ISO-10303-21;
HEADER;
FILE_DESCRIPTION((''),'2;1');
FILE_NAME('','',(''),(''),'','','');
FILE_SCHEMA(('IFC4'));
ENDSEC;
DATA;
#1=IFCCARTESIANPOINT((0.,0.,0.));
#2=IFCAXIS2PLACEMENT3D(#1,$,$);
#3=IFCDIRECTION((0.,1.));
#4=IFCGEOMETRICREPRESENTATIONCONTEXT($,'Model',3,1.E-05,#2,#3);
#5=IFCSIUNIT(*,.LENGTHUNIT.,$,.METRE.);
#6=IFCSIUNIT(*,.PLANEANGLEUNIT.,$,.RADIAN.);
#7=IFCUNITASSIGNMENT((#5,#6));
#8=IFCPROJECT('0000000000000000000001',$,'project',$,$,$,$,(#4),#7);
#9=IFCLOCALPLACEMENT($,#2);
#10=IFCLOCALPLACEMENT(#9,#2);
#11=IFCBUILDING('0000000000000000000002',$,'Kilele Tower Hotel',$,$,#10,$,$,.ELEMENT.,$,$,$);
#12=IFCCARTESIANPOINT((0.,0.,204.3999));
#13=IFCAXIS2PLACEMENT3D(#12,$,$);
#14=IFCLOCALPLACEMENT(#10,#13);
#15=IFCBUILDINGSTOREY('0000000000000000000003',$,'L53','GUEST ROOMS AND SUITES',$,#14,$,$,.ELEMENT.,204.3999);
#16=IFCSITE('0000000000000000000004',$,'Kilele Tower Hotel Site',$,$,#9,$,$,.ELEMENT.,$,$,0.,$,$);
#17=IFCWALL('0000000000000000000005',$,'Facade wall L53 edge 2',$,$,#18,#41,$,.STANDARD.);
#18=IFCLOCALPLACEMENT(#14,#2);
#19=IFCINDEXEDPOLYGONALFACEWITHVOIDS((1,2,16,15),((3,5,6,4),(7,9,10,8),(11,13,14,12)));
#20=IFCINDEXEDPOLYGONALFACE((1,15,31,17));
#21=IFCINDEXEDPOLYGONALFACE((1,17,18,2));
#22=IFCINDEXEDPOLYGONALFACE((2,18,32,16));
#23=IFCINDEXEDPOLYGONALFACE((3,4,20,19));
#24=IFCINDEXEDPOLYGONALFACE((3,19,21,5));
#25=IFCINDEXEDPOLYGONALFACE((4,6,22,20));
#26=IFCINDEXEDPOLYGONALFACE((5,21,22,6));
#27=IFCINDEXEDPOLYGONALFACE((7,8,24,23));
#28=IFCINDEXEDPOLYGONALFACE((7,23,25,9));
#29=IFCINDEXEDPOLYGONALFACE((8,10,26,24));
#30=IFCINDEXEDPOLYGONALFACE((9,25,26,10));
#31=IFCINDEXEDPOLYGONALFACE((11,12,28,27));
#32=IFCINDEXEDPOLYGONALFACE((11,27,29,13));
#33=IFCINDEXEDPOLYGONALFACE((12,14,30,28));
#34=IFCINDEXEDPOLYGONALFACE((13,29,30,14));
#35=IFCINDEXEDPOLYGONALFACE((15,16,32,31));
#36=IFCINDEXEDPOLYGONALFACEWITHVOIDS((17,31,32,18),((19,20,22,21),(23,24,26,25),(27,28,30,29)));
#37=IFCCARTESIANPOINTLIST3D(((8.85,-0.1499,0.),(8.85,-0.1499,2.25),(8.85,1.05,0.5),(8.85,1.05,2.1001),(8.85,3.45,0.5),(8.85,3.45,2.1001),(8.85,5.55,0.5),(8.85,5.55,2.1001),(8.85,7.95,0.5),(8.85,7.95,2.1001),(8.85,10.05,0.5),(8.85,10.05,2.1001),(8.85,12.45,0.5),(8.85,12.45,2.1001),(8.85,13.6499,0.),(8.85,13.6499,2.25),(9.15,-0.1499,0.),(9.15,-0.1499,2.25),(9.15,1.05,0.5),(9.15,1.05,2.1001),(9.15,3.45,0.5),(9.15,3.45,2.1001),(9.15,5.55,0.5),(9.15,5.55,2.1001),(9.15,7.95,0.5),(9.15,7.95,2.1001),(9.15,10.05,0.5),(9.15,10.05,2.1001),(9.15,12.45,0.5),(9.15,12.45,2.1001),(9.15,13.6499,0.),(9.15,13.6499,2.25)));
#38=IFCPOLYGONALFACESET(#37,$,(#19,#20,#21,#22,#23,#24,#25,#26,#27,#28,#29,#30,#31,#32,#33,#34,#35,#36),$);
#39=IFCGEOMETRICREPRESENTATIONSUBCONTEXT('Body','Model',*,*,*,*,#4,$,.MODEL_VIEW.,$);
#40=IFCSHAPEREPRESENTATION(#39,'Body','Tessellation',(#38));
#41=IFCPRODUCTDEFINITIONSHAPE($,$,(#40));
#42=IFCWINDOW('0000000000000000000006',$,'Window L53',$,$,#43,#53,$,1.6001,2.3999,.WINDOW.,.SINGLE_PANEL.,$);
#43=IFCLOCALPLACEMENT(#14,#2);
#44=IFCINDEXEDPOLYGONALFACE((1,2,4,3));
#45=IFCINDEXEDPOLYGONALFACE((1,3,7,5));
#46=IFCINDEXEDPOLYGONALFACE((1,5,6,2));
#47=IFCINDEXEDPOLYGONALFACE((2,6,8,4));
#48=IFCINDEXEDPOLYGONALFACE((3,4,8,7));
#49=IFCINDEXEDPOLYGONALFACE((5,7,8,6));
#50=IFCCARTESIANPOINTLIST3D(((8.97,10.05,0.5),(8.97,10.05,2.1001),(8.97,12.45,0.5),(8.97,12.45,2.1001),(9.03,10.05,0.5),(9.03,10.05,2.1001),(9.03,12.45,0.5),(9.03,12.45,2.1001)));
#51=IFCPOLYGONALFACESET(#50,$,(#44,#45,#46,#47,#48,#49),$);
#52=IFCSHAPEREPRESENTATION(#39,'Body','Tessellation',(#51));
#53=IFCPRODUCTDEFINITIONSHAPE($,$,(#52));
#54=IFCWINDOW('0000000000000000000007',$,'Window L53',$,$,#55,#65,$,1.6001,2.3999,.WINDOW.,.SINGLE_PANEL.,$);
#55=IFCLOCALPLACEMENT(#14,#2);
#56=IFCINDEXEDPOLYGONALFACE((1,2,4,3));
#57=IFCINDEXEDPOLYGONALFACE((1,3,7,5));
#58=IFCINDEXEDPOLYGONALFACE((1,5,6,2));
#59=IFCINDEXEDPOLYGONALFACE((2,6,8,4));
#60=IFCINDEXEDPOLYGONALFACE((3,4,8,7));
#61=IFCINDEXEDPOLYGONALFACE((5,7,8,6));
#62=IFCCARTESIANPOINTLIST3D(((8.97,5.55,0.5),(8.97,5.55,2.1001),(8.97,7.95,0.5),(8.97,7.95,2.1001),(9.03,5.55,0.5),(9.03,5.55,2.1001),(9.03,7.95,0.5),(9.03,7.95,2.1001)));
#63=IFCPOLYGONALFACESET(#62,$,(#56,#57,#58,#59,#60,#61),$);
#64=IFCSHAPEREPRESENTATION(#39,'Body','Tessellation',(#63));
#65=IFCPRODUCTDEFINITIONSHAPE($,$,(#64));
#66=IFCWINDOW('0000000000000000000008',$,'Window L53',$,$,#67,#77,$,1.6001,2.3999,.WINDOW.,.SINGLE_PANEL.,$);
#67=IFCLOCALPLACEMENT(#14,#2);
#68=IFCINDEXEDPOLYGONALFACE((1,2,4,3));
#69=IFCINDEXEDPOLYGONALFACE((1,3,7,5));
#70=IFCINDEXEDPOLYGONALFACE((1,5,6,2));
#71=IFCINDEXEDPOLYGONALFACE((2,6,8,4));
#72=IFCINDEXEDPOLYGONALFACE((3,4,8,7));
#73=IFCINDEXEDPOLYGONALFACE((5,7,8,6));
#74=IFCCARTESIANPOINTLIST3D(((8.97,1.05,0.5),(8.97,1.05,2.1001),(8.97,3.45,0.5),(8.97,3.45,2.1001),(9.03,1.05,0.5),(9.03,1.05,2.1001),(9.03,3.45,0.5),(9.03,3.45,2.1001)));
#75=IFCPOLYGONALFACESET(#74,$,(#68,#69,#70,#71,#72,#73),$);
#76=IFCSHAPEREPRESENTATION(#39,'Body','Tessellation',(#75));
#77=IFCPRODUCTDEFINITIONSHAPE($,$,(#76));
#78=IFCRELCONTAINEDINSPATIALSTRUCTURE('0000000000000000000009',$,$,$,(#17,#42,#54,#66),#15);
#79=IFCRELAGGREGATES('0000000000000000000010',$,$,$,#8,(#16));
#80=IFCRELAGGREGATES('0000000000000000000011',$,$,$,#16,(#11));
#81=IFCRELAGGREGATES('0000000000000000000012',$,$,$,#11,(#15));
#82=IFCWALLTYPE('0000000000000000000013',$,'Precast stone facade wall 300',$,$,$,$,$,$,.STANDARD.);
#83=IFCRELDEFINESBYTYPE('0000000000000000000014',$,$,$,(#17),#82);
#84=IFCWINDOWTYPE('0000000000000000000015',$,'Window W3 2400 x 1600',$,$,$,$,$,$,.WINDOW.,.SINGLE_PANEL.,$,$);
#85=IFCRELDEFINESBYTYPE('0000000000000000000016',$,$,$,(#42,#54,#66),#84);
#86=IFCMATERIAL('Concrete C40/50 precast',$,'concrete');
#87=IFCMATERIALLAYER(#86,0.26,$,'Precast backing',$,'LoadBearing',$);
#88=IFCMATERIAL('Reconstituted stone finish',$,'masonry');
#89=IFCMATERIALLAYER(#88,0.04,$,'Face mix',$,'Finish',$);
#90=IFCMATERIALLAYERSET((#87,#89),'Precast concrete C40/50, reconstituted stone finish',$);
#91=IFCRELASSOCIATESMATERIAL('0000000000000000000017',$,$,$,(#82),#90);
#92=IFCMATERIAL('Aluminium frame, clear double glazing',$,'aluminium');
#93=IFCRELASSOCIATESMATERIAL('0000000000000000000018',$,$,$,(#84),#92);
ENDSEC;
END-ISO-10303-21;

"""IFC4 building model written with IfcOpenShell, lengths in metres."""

from ifc_helpers import new_model, si_unit, direction, frame, frame_2d, origin, place, context, subcontext, project, spatial, rectangle, extrude, material, layer, layer_set, type_object, element, fill, save


model = new_model("IFC4")

# Units and contexts
model_context = context("Model", 3, precision=1e-05, world=origin(), true_north=direction((0.0, 1.0)))
body_context = subcontext(model_context, "Body", "Model", "MODEL_VIEW")
ifc_project = project(units=[si_unit("LENGTHUNIT", "METRE"), si_unit("PLANEANGLEUNIT", "RADIAN")], contexts=[model_context])

# Site, building, storey
site_placement = place(None, origin())
site = spatial("IfcSite", under=ifc_project, at=site_placement, Name="Kilele Tower Hotel Site", CompositionType="ELEMENT", RefElevation=0.0)
building_placement = place(site_placement, origin())
building = spatial("IfcBuilding", under=site, at=building_placement, Name="Kilele Tower Hotel", CompositionType="ELEMENT")
storey_placement = place(building_placement, frame((0.0, 0.0, 204.3999)))
storey = spatial("IfcBuildingStorey", under=building, at=storey_placement, Name="L53", Description="GUEST ROOMS AND SUITES", CompositionType="ELEMENT", Elevation=204.3999)

# Wall, openings, windows
ifc_material_1 = material(Name="Concrete C40/50 precast", Category="concrete")
ifc_layer_1 = layer(ifc_material_1, 0.26, Name="Precast backing", Category="LoadBearing")
ifc_material_2 = material(Name="Reconstituted stone finish", Category="masonry")
ifc_layer_2 = layer(ifc_material_2, 0.04, Name="Face mix", Category="Finish")
ifc_layer_set_1 = layer_set([ifc_layer_1, ifc_layer_2], Name="Precast concrete C40/50, reconstituted stone finish")
wall_type_1 = type_object("IfcWallType", Name="Precast stone facade wall 300", PredefinedType="STANDARD", material=ifc_layer_set_1)
ifc_material_3 = material(Name="Aluminium frame, clear double glazing", Category="aluminium")
window_type_1 = type_object("IfcWindowType", Name="Window W3 2400 x 1600", PartitioningType="SINGLE_PANEL", PredefinedType="WINDOW", material=ifc_material_3)
wall_1_placement = place(storey_placement, frame((9.0, 13.6499, 0.0), z_axis=(0.0, 0.0, 1.0), x_axis=(0.0, -1.0, 0.0)))
wall_1 = element("IfcWall", 1, at=wall_1_placement, inside=storey, type_object=wall_type_1, Name="Facade wall L53 edge 2", PredefinedType="STANDARD", context=body_context, shape_type="SweptSolid", body=[
    extrude(rectangle(XDim=13.7998, YDim=0.3, at=frame_2d((6.8999, 0.0))), origin(), (0.0, 0.0, 1.0), 2.25),
])
opening_1_placement = place(wall_1_placement, frame((1.2, 0.0, 0.5)))
opening_1 = element("IfcOpeningElement", 2, at=opening_1_placement, cuts=wall_1, PredefinedType="OPENING", context=body_context, shape_type="SweptSolid", body=[
    extrude(rectangle(XDim=2.3999, YDim=1.6001, at=frame_2d((1.2, 0.8))), frame((0.0, 0.1599, 0.0), z_axis=(0.0, -1.0, 0.0), x_axis=(1.0, 0.0, 0.0)), (0.0, 0.0, 1.0), 0.3201),
])
opening_2_placement = place(wall_1_placement, frame((5.7, 0.0, 0.5)))
opening_2 = element("IfcOpeningElement", 3, at=opening_2_placement, cuts=wall_1, PredefinedType="OPENING", context=body_context, shape_type="SweptSolid", body=[
    extrude(rectangle(XDim=2.3999, YDim=1.6001, at=frame_2d((1.2, 0.8))), frame((0.0, 0.1599, 0.0), z_axis=(0.0, -1.0, 0.0), x_axis=(1.0, 0.0, 0.0)), (0.0, 0.0, 1.0), 0.3201),
])
opening_3_placement = place(wall_1_placement, frame((10.2, 0.0, 0.5)))
opening_3 = element("IfcOpeningElement", 4, at=opening_3_placement, cuts=wall_1, PredefinedType="OPENING", context=body_context, shape_type="SweptSolid", body=[
    extrude(rectangle(XDim=2.3999, YDim=1.6001, at=frame_2d((1.2, 0.8))), frame((0.0, 0.1599, 0.0), z_axis=(0.0, -1.0, 0.0), x_axis=(1.0, 0.0, 0.0)), (0.0, 0.0, 1.0), 0.3201),
])
window_1_placement = place(opening_1_placement, origin())
window_1 = element("IfcWindow", 5, at=window_1_placement, inside=storey, type_object=window_type_1, Name="Window L53", OverallHeight=1.6001, OverallWidth=2.3999, PartitioningType="SINGLE_PANEL", PredefinedType="WINDOW", context=body_context, shape_type="SweptSolid", body=[
    extrude(rectangle(XDim=2.3999, YDim=1.6001, at=frame_2d((1.2, 0.8))), frame((0.0, 0.03, 0.0), z_axis=(0.0, -1.0, 0.0), x_axis=(1.0, 0.0, 0.0)), (0.0, 0.0, 1.0), 0.0601),
])
fill(opening_1, window_1)
window_2_placement = place(opening_2_placement, origin())
window_2 = element("IfcWindow", 6, at=window_2_placement, inside=storey, type_object=window_type_1, Name="Window L53", OverallHeight=1.6001, OverallWidth=2.3999, PartitioningType="SINGLE_PANEL", PredefinedType="WINDOW", context=body_context, shape_type="SweptSolid", body=[
    extrude(rectangle(XDim=2.3999, YDim=1.6001, at=frame_2d((1.2, 0.8))), frame((0.0, 0.03, 0.0), z_axis=(0.0, -1.0, 0.0), x_axis=(1.0, 0.0, 0.0)), (0.0, 0.0, 1.0), 0.0601),
])
fill(opening_2, window_2)
window_3_placement = place(opening_3_placement, origin())
window_3 = element("IfcWindow", 7, at=window_3_placement, inside=storey, type_object=window_type_1, Name="Window L53", OverallHeight=1.6001, OverallWidth=2.3999, PartitioningType="SINGLE_PANEL", PredefinedType="WINDOW", context=body_context, shape_type="SweptSolid", body=[
    extrude(rectangle(XDim=2.3999, YDim=1.6001, at=frame_2d((1.2, 0.8))), frame((0.0, 0.03, 0.0), z_axis=(0.0, -1.0, 0.0), x_axis=(1.0, 0.0, 0.0)), (0.0, 0.0, 1.0), 0.0601),
])
fill(opening_3, window_3)

save(model, "model.ifc")
